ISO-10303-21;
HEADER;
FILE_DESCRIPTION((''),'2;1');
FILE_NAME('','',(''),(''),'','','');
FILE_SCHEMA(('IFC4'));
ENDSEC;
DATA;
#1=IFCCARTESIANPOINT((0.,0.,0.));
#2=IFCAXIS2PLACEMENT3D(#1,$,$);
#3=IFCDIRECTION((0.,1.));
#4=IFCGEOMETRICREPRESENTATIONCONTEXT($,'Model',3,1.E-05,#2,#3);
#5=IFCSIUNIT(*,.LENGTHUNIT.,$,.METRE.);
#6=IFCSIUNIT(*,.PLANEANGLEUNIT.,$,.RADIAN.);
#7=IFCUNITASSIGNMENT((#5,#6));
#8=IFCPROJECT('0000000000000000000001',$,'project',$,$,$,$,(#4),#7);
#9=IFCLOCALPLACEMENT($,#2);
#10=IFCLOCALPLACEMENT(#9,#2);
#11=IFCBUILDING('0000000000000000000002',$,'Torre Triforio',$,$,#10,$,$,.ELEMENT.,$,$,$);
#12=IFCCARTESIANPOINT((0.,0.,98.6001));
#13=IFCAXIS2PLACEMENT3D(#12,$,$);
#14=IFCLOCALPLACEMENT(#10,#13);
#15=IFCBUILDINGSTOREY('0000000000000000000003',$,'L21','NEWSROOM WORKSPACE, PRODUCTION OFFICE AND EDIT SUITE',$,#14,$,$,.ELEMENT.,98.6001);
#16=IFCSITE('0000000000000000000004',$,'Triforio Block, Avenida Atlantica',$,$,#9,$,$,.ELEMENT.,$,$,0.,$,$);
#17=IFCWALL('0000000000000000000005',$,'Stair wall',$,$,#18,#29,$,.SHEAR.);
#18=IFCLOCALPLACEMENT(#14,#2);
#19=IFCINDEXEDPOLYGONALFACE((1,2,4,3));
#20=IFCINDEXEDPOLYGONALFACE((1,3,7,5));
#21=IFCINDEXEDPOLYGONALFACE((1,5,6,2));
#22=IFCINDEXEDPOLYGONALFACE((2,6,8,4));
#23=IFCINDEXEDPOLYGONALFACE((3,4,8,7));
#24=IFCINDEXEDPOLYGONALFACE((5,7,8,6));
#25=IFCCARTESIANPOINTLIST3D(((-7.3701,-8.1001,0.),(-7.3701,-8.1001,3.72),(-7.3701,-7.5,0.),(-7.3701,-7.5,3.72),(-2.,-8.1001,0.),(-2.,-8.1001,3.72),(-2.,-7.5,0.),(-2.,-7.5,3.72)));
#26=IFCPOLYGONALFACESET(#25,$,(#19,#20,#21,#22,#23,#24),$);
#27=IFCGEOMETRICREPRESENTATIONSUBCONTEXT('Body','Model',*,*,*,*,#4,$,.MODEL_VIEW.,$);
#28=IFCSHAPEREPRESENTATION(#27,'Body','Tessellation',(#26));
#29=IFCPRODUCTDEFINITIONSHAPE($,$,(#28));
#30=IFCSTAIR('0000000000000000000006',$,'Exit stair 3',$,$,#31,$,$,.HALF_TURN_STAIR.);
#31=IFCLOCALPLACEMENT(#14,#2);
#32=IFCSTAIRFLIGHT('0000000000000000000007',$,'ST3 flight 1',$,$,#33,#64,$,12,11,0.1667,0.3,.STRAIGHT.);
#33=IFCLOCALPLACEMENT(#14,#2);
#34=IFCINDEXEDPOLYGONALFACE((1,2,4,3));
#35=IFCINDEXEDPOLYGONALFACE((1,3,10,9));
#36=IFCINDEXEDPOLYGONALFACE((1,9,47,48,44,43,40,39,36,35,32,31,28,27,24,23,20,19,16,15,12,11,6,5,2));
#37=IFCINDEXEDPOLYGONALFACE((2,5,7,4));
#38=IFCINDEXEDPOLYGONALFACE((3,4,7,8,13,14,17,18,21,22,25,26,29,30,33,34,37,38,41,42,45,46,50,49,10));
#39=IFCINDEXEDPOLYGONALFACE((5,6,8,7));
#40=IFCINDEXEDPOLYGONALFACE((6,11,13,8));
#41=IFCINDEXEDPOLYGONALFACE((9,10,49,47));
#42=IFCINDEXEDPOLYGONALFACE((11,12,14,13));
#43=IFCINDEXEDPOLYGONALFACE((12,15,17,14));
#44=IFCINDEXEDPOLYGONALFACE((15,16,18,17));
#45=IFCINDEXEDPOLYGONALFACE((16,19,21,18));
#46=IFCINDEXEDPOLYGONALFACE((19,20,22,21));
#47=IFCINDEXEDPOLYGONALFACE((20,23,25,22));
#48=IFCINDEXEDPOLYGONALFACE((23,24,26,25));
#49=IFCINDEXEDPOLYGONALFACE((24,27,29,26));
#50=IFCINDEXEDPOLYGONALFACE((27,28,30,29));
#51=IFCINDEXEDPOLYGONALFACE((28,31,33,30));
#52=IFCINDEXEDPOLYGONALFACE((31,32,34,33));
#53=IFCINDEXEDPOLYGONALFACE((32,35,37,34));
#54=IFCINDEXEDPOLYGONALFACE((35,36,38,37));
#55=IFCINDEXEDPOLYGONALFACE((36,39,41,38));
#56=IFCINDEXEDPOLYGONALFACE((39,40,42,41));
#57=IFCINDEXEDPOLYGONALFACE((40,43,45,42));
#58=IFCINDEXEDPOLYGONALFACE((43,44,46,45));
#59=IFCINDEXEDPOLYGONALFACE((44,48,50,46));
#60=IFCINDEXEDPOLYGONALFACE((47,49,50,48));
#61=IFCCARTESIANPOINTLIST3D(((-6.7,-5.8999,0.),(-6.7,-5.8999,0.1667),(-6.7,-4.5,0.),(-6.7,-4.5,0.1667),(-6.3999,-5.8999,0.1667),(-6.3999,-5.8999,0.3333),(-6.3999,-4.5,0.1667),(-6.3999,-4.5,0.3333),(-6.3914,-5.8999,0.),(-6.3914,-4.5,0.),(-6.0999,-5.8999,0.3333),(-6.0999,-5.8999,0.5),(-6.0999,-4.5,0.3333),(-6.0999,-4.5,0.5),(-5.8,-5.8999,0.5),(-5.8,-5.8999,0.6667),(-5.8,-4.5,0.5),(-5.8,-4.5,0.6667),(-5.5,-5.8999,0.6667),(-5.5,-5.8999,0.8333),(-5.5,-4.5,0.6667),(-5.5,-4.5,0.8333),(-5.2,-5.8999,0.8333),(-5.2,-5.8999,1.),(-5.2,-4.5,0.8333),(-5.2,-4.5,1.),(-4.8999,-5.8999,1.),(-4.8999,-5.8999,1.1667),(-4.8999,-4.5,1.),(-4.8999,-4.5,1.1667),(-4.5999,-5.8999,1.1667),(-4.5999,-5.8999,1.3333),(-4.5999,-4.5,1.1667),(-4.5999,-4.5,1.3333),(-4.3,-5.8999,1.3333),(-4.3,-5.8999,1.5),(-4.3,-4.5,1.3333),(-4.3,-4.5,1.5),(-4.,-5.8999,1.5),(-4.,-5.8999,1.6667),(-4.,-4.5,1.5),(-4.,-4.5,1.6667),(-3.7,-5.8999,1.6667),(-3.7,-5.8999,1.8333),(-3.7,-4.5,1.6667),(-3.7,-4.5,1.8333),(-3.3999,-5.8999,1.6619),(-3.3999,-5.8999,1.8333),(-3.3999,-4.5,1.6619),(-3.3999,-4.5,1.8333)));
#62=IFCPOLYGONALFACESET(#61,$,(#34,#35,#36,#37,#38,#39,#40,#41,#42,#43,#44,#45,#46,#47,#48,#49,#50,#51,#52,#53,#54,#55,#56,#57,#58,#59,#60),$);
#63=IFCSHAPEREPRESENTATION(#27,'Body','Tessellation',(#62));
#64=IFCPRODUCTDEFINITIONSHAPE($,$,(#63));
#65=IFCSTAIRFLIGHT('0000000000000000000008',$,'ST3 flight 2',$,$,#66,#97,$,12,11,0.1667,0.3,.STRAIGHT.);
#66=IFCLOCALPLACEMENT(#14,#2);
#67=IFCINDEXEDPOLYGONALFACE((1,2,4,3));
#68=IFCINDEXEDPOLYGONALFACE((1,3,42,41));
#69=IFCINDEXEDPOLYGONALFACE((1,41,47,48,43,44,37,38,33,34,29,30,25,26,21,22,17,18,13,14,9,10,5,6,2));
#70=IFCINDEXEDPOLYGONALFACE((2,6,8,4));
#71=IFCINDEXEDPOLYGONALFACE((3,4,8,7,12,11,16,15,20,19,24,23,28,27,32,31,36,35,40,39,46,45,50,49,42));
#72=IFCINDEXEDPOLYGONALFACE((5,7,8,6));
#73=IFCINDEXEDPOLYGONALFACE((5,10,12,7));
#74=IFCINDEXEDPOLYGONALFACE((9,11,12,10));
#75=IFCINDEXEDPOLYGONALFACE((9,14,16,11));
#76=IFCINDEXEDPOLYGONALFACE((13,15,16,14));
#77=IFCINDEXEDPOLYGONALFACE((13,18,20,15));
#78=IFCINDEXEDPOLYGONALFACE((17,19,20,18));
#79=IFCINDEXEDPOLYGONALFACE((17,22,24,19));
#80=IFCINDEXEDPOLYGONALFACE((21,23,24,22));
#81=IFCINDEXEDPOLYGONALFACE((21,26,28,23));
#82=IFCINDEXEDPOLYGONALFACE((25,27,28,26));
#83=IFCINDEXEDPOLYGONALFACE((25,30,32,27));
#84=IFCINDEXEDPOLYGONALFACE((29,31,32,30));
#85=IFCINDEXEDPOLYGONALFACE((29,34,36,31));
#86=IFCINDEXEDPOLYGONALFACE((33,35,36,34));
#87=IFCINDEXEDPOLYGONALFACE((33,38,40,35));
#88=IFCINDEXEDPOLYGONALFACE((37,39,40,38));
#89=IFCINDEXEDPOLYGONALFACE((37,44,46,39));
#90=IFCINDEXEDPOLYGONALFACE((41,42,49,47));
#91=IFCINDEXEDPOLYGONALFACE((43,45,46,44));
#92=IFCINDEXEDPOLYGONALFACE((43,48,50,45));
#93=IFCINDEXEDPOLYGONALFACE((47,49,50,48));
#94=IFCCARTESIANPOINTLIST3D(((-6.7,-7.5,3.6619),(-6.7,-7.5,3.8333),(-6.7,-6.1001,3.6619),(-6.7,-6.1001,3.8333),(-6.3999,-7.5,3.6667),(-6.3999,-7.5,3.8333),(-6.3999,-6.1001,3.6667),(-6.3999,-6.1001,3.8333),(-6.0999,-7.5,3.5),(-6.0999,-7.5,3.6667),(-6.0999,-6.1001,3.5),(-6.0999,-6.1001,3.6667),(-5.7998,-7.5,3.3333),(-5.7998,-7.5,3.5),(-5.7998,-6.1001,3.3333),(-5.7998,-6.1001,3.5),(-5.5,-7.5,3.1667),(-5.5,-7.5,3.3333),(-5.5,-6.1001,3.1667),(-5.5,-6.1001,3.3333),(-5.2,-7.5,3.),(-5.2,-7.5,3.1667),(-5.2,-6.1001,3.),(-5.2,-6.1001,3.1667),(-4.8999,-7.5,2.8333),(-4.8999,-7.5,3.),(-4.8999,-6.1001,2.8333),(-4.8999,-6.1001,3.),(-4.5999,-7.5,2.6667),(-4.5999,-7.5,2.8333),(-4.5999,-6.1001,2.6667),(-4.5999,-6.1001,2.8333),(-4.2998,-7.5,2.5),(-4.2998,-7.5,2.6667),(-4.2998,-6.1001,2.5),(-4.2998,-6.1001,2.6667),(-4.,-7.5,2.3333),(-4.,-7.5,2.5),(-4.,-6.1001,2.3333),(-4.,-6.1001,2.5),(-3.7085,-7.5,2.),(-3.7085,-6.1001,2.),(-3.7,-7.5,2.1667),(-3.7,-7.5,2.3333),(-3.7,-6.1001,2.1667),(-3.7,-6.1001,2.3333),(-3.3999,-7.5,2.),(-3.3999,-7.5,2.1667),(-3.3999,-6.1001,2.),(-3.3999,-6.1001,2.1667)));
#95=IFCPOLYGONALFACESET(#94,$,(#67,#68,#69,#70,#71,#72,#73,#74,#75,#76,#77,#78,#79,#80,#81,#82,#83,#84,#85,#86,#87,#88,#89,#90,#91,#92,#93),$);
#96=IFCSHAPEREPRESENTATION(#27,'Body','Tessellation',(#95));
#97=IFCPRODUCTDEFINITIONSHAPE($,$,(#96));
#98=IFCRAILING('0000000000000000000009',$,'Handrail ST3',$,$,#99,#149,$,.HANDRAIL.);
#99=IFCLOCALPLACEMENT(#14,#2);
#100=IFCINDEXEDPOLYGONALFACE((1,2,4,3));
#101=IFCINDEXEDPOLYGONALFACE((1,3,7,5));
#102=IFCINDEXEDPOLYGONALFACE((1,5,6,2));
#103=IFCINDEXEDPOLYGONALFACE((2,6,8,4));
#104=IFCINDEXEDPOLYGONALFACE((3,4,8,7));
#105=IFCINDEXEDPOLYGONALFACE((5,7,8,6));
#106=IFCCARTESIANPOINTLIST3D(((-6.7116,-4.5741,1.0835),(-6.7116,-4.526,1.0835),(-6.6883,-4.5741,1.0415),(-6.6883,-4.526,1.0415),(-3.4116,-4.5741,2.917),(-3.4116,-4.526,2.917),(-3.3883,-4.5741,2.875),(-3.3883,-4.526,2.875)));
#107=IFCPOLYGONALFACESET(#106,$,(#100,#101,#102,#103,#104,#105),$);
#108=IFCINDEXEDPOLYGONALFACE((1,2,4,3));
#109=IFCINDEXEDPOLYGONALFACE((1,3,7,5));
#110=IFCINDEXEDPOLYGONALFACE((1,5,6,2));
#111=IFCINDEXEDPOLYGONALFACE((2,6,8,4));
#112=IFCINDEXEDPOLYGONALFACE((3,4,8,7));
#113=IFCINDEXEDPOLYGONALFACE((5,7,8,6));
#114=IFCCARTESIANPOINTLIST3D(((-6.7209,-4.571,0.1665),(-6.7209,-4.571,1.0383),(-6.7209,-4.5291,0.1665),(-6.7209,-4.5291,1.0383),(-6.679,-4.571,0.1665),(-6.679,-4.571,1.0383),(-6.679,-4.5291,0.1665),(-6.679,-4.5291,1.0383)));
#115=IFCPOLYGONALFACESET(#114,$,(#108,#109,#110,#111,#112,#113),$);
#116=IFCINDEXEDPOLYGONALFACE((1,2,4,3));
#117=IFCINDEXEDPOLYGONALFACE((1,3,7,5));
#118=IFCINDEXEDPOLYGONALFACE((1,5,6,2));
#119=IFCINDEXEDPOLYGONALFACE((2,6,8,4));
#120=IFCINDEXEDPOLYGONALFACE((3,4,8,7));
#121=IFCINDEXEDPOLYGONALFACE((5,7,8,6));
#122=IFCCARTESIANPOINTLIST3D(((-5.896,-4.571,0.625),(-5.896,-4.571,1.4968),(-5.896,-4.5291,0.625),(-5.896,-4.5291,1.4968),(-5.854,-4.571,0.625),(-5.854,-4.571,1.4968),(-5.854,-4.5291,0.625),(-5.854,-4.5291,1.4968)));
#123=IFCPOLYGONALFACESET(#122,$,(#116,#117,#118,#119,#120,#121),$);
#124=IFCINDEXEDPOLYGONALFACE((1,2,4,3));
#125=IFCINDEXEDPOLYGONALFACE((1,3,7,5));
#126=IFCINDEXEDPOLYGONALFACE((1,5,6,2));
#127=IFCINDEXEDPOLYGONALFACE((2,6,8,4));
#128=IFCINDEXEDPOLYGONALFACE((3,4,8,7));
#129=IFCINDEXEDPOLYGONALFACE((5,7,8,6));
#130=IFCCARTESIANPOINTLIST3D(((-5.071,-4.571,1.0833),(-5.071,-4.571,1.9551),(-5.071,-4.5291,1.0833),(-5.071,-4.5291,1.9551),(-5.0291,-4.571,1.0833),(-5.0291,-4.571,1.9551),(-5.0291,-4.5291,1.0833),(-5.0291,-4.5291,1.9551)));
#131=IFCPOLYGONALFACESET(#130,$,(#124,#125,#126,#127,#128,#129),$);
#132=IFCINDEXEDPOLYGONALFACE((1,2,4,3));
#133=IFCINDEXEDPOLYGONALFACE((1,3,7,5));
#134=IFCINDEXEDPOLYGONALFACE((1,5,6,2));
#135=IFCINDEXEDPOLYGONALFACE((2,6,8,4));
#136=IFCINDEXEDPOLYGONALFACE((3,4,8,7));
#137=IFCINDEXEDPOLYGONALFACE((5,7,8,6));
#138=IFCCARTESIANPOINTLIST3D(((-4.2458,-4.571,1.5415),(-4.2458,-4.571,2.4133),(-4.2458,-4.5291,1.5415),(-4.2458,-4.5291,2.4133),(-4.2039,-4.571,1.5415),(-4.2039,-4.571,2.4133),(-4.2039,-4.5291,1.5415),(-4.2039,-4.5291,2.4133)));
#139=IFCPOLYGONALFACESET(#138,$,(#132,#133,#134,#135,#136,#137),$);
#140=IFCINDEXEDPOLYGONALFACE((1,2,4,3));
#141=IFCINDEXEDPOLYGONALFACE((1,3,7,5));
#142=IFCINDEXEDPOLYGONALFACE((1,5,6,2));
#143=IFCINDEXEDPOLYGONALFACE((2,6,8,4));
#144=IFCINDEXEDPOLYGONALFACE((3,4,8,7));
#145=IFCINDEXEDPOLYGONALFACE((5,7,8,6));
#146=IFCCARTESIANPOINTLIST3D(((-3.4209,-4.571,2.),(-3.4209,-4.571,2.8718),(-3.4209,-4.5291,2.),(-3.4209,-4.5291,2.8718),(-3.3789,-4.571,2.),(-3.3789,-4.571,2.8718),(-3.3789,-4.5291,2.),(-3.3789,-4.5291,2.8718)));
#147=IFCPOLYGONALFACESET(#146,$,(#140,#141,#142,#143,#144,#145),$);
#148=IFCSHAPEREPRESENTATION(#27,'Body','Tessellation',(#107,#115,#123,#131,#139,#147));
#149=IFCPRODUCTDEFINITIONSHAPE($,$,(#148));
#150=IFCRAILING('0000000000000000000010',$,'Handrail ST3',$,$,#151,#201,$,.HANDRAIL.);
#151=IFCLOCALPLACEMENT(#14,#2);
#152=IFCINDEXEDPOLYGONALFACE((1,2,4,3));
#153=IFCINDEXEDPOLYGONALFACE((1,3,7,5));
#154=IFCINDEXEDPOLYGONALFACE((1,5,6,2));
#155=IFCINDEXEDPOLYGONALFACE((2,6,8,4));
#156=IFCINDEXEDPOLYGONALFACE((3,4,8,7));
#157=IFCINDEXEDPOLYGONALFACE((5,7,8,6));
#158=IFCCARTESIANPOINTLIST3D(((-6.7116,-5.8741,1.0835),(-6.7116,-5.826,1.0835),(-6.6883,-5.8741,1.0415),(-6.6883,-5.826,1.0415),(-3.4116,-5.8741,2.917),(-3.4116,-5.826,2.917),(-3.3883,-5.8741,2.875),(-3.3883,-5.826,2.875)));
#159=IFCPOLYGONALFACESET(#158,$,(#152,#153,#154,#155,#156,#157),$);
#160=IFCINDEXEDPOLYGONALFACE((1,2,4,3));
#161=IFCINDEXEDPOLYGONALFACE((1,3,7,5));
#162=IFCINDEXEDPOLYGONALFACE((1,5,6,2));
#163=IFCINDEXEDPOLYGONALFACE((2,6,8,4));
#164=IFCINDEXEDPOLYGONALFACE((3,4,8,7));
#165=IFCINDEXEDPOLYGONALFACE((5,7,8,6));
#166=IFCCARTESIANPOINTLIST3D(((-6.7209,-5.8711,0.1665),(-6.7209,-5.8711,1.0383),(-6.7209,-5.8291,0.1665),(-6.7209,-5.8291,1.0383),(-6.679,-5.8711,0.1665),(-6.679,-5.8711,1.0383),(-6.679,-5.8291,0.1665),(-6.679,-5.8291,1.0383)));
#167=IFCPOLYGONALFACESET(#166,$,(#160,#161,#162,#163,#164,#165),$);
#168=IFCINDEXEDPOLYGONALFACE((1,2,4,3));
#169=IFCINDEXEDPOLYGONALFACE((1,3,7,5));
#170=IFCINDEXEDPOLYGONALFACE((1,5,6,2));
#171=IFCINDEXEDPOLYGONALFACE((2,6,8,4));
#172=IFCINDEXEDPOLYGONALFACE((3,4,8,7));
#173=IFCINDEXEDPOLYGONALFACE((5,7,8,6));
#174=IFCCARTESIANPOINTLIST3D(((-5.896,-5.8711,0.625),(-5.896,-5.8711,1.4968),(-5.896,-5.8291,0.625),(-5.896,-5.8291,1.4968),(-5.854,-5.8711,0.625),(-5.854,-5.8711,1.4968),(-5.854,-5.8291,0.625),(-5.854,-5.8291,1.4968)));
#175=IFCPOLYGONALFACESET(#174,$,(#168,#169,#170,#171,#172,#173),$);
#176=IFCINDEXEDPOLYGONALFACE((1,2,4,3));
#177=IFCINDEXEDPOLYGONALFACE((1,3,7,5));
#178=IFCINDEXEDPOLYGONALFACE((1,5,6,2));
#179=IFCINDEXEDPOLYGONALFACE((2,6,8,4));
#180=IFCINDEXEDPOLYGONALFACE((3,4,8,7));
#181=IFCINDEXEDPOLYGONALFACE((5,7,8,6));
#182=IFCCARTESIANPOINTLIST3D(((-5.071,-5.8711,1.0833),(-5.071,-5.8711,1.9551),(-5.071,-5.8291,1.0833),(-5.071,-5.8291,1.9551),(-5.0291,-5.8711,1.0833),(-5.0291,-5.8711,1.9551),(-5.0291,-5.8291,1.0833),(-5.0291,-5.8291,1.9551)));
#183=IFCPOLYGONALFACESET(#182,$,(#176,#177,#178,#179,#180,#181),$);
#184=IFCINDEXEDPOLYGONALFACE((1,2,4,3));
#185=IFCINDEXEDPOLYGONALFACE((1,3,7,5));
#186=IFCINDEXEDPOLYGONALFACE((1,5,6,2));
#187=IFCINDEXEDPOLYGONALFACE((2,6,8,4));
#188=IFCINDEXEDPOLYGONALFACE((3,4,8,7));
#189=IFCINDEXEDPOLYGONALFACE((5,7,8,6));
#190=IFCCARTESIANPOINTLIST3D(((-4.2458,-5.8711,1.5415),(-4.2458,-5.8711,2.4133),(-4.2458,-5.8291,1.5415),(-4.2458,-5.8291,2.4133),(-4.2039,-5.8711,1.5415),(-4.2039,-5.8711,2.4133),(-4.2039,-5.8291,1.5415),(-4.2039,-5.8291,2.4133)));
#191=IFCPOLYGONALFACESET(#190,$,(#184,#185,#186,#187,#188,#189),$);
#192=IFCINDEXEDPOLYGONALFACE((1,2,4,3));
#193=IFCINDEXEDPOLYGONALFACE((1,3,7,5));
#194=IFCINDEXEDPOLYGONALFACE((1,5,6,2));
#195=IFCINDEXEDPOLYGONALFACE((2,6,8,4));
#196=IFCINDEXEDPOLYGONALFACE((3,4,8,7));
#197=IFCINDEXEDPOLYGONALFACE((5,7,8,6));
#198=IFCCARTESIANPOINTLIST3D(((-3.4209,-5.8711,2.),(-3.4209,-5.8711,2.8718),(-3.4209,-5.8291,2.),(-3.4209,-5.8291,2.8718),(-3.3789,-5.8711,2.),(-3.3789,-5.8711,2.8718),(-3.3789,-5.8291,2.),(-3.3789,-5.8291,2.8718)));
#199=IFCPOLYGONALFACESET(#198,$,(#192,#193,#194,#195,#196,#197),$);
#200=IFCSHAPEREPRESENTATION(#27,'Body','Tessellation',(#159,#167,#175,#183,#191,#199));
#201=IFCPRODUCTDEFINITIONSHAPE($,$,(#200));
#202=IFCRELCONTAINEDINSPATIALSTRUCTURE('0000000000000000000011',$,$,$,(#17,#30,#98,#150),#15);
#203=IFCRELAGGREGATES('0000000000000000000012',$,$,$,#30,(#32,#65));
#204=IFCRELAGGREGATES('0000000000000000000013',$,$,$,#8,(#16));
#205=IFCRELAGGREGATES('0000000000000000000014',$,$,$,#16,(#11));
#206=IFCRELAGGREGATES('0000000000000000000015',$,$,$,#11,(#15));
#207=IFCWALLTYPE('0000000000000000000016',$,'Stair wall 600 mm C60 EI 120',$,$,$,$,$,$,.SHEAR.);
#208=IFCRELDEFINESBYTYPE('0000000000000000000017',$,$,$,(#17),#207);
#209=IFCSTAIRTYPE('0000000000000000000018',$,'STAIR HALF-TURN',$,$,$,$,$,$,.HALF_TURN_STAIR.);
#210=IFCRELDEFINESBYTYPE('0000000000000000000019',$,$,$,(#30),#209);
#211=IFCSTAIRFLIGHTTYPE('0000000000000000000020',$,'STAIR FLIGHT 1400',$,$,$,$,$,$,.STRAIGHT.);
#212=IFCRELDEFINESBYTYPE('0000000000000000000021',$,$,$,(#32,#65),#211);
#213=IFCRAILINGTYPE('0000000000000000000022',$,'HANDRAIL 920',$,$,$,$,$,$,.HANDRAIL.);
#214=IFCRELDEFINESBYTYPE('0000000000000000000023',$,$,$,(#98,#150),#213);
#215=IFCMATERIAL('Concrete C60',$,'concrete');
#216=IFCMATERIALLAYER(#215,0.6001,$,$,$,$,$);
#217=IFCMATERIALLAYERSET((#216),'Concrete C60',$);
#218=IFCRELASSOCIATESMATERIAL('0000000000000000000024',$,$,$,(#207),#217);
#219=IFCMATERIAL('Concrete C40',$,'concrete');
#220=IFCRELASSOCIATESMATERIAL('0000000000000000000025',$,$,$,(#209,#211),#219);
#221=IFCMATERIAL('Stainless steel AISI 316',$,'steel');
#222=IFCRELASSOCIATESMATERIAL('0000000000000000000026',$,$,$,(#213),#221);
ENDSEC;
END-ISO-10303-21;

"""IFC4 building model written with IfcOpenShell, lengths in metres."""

from ifc_helpers import new_model, si_unit, direction, frame, frame_2d, origin, origin_2d, place, context, subcontext, project, spatial, polyline, rectangle, outline, extrude, material, layer, layer_set, type_object, element, aggregate, save


model = new_model("IFC4")

# Units and contexts
model_context = context("Model", 3, precision=1e-05, world=origin(), true_north=direction((0.0, 1.0)))
body_context = subcontext(model_context, "Body", "Model", "MODEL_VIEW")
ifc_project = project(units=[si_unit("LENGTHUNIT", "METRE"), si_unit("PLANEANGLEUNIT", "RADIAN")], contexts=[model_context])

# Site, building, storey
site_placement = place(None, origin())
site = spatial("IfcSite", under=ifc_project, at=site_placement, Name="Triforio Block, Avenida Atlantica", CompositionType="ELEMENT", RefElevation=0.0)
building_placement = place(site_placement, origin())
building = spatial("IfcBuilding", under=site, at=building_placement, Name="Torre Triforio", CompositionType="ELEMENT")
storey_placement = place(building_placement, frame((0.0, 0.0, 98.6001)))
storey = spatial("IfcBuildingStorey", under=building, at=storey_placement, Name="L21", Description="NEWSROOM WORKSPACE, PRODUCTION OFFICE AND EDIT SUITE", CompositionType="ELEMENT", Elevation=98.6001)

# Shared definitions
ifc_material_1 = material(Name="Concrete C60", Category="concrete")

# Wall
ifc_layer_1 = layer(ifc_material_1, 0.6001)
ifc_layer_set_1 = layer_set([ifc_layer_1], Name="Concrete C60")
wall_type_1 = type_object("IfcWallType", Name="Stair wall 600 mm C60 EI 120", PredefinedType="SHEAR", material=ifc_layer_set_1)
wall_1_placement = place(storey_placement, frame((-7.3701, -7.8, 0.0), z_axis=(0.0, 0.0, 1.0), x_axis=(1.0, 0.0, 0.0)))
element("IfcWall", 1, at=wall_1_placement, inside=storey, type_object=wall_type_1, Name="Stair wall", PredefinedType="SHEAR", context=body_context, shape_type="SweptSolid", body=[
    extrude(rectangle(XDim=5.3701, YDim=0.6001, at=frame_2d((2.6851, 0.0))), origin(), (0.0, 0.0, 1.0), 3.72),
])

# Stair, stair flights
ifc_material_2 = material(Name="Concrete C40", Category="concrete")
stair_type = type_object("IfcStairType", Name="STAIR HALF-TURN", PredefinedType="HALF_TURN_STAIR", material=ifc_material_2)
stair_placement = place(storey_placement, origin())
stair = element("IfcStair", 2, at=stair_placement, inside=storey, type_object=stair_type, Name="Exit stair 3", PredefinedType="HALF_TURN_STAIR")
stair_flight_type = type_object("IfcStairFlightType", Name="STAIR FLIGHT 1400", PredefinedType="STRAIGHT", material=ifc_material_2)
stair_flight_1_placement = place(storey_placement, frame((-6.7, -5.2, 0.0), z_axis=(0.0, 0.0, 1.0), x_axis=(1.0, 0.0, 0.0)))
stair_flight_1 = element("IfcStairFlight", 3, at=stair_flight_1_placement, type_object=stair_flight_type, Name="ST3 flight 1", NumberOfRisers=12, NumberOfTreads=11, PredefinedType="STRAIGHT", RiserHeight=0.1667, TreadLength=0.3, context=body_context, shape_type="SweptSolid", body=[
    extrude(outline(polyline([(0.0, 0.0), (0.0, 0.1667), (0.3, 0.1667), (0.3, 0.3333), (0.6001, 0.3333), (0.6001, 0.5), (0.8999, 0.5), (0.8999, 0.6667), (1.2, 0.6667), (1.2, 0.8333), (1.5, 0.8333), (1.5, 1.0), (1.8, 1.0), (1.8, 1.1667), (2.1001, 1.1667), (2.1001, 1.3333), (2.3999, 1.3333), (2.3999, 1.5), (2.7, 1.5), (2.7, 1.6667), (3.0, 1.6667), (3.0, 1.8333), (3.3, 1.8333), (3.3, 2.0), (3.3, 1.6619), (0.3086, 0.0), (0.0, 0.0)])), frame((0.0, 0.7, 0.0), z_axis=(0.0, -1.0, 0.0), x_axis=(1.0, 0.0, 0.0)), (0.0, 0.0, 1.0), 1.3999),
])
stair_flight_2_placement = place(storey_placement, frame((-3.3999, -6.8, 2.0), z_axis=(0.0, 0.0, 1.0), x_axis=(-1.0, 0.0, 0.0)))
stair_flight_2 = element("IfcStairFlight", 4, at=stair_flight_2_placement, type_object=stair_flight_type, Name="ST3 flight 2", NumberOfRisers=12, NumberOfTreads=11, PredefinedType="STRAIGHT", RiserHeight=0.1667, TreadLength=0.3, context=body_context, shape_type="SweptSolid", body=[
    extrude(outline(polyline([(0.0, 0.0), (0.0, 0.1667), (0.3, 0.1667), (0.3, 0.3333), (0.6001, 0.3333), (0.6001, 0.5), (0.8999, 0.5), (0.8999, 0.6667), (1.2, 0.6667), (1.2, 0.8333), (1.5, 0.8333), (1.5, 1.0), (1.8, 1.0), (1.8, 1.1667), (2.1001, 1.1667), (2.1001, 1.3333), (2.3999, 1.3333), (2.3999, 1.5), (2.7, 1.5), (2.7, 1.6667), (3.0, 1.6667), (3.0, 1.8333), (3.3, 1.8333), (3.3, 2.0), (3.3, 1.6619), (0.3086, 0.0), (0.0, 0.0)])), frame((0.0, 0.7, 0.0), z_axis=(0.0, -1.0, 0.0), x_axis=(1.0, 0.0, 0.0)), (0.0, 0.0, 1.0), 1.3999),
])
aggregate(stair, [stair_flight_1, stair_flight_2])

# Railings
ifc_material_3 = material(Name="Stainless steel AISI 316", Category="steel")
railing_type = type_object("IfcRailingType", Name="HANDRAIL 920", PredefinedType="HANDRAIL", material=ifc_material_3)
for number, where, name in (
    (5, (-6.7, -4.55, 0.1665), "Handrail ST3"),
    (6, (-6.7, -5.8501, 0.1665), "Handrail ST3"),
):
    element("IfcRailing", number, at=place(storey_placement, frame(where)), inside=storey, type_object=railing_type, Name=name, PredefinedType="HANDRAIL", context=body_context, shape_type="SweptSolid", body=[
        extrude(rectangle(XDim=0.0481, YDim=0.0481, at=origin_2d()), frame((0.0, 0.0, 0.896), z_axis=(0.874142, 0.0, 0.48567), x_axis=(0.0, 1.0, 0.0)), (0.0, 0.0, 1.0), 3.7751),
        extrude(rectangle(XDim=0.042, YDim=0.042, at=origin_2d()), origin(), (0.0, 0.0, 1.0), 0.8718),
        extrude(rectangle(XDim=0.042, YDim=0.042, at=origin_2d()), frame((0.825, 0.0, 0.4585)), (0.0, 0.0, 1.0), 0.8718),
        extrude(rectangle(XDim=0.042, YDim=0.042, at=origin_2d()), frame((1.6499, 0.0, 0.9167)), (0.0, 0.0, 1.0), 0.8718),
        extrude(rectangle(XDim=0.042, YDim=0.042, at=origin_2d()), frame((2.4751, 0.0, 1.375)), (0.0, 0.0, 1.0), 0.8718),
        extrude(rectangle(XDim=0.042, YDim=0.042, at=origin_2d()), frame((3.3, 0.0, 1.8335)), (0.0, 0.0, 1.0), 0.8718),
    ])

save(model, "model.ifc")
